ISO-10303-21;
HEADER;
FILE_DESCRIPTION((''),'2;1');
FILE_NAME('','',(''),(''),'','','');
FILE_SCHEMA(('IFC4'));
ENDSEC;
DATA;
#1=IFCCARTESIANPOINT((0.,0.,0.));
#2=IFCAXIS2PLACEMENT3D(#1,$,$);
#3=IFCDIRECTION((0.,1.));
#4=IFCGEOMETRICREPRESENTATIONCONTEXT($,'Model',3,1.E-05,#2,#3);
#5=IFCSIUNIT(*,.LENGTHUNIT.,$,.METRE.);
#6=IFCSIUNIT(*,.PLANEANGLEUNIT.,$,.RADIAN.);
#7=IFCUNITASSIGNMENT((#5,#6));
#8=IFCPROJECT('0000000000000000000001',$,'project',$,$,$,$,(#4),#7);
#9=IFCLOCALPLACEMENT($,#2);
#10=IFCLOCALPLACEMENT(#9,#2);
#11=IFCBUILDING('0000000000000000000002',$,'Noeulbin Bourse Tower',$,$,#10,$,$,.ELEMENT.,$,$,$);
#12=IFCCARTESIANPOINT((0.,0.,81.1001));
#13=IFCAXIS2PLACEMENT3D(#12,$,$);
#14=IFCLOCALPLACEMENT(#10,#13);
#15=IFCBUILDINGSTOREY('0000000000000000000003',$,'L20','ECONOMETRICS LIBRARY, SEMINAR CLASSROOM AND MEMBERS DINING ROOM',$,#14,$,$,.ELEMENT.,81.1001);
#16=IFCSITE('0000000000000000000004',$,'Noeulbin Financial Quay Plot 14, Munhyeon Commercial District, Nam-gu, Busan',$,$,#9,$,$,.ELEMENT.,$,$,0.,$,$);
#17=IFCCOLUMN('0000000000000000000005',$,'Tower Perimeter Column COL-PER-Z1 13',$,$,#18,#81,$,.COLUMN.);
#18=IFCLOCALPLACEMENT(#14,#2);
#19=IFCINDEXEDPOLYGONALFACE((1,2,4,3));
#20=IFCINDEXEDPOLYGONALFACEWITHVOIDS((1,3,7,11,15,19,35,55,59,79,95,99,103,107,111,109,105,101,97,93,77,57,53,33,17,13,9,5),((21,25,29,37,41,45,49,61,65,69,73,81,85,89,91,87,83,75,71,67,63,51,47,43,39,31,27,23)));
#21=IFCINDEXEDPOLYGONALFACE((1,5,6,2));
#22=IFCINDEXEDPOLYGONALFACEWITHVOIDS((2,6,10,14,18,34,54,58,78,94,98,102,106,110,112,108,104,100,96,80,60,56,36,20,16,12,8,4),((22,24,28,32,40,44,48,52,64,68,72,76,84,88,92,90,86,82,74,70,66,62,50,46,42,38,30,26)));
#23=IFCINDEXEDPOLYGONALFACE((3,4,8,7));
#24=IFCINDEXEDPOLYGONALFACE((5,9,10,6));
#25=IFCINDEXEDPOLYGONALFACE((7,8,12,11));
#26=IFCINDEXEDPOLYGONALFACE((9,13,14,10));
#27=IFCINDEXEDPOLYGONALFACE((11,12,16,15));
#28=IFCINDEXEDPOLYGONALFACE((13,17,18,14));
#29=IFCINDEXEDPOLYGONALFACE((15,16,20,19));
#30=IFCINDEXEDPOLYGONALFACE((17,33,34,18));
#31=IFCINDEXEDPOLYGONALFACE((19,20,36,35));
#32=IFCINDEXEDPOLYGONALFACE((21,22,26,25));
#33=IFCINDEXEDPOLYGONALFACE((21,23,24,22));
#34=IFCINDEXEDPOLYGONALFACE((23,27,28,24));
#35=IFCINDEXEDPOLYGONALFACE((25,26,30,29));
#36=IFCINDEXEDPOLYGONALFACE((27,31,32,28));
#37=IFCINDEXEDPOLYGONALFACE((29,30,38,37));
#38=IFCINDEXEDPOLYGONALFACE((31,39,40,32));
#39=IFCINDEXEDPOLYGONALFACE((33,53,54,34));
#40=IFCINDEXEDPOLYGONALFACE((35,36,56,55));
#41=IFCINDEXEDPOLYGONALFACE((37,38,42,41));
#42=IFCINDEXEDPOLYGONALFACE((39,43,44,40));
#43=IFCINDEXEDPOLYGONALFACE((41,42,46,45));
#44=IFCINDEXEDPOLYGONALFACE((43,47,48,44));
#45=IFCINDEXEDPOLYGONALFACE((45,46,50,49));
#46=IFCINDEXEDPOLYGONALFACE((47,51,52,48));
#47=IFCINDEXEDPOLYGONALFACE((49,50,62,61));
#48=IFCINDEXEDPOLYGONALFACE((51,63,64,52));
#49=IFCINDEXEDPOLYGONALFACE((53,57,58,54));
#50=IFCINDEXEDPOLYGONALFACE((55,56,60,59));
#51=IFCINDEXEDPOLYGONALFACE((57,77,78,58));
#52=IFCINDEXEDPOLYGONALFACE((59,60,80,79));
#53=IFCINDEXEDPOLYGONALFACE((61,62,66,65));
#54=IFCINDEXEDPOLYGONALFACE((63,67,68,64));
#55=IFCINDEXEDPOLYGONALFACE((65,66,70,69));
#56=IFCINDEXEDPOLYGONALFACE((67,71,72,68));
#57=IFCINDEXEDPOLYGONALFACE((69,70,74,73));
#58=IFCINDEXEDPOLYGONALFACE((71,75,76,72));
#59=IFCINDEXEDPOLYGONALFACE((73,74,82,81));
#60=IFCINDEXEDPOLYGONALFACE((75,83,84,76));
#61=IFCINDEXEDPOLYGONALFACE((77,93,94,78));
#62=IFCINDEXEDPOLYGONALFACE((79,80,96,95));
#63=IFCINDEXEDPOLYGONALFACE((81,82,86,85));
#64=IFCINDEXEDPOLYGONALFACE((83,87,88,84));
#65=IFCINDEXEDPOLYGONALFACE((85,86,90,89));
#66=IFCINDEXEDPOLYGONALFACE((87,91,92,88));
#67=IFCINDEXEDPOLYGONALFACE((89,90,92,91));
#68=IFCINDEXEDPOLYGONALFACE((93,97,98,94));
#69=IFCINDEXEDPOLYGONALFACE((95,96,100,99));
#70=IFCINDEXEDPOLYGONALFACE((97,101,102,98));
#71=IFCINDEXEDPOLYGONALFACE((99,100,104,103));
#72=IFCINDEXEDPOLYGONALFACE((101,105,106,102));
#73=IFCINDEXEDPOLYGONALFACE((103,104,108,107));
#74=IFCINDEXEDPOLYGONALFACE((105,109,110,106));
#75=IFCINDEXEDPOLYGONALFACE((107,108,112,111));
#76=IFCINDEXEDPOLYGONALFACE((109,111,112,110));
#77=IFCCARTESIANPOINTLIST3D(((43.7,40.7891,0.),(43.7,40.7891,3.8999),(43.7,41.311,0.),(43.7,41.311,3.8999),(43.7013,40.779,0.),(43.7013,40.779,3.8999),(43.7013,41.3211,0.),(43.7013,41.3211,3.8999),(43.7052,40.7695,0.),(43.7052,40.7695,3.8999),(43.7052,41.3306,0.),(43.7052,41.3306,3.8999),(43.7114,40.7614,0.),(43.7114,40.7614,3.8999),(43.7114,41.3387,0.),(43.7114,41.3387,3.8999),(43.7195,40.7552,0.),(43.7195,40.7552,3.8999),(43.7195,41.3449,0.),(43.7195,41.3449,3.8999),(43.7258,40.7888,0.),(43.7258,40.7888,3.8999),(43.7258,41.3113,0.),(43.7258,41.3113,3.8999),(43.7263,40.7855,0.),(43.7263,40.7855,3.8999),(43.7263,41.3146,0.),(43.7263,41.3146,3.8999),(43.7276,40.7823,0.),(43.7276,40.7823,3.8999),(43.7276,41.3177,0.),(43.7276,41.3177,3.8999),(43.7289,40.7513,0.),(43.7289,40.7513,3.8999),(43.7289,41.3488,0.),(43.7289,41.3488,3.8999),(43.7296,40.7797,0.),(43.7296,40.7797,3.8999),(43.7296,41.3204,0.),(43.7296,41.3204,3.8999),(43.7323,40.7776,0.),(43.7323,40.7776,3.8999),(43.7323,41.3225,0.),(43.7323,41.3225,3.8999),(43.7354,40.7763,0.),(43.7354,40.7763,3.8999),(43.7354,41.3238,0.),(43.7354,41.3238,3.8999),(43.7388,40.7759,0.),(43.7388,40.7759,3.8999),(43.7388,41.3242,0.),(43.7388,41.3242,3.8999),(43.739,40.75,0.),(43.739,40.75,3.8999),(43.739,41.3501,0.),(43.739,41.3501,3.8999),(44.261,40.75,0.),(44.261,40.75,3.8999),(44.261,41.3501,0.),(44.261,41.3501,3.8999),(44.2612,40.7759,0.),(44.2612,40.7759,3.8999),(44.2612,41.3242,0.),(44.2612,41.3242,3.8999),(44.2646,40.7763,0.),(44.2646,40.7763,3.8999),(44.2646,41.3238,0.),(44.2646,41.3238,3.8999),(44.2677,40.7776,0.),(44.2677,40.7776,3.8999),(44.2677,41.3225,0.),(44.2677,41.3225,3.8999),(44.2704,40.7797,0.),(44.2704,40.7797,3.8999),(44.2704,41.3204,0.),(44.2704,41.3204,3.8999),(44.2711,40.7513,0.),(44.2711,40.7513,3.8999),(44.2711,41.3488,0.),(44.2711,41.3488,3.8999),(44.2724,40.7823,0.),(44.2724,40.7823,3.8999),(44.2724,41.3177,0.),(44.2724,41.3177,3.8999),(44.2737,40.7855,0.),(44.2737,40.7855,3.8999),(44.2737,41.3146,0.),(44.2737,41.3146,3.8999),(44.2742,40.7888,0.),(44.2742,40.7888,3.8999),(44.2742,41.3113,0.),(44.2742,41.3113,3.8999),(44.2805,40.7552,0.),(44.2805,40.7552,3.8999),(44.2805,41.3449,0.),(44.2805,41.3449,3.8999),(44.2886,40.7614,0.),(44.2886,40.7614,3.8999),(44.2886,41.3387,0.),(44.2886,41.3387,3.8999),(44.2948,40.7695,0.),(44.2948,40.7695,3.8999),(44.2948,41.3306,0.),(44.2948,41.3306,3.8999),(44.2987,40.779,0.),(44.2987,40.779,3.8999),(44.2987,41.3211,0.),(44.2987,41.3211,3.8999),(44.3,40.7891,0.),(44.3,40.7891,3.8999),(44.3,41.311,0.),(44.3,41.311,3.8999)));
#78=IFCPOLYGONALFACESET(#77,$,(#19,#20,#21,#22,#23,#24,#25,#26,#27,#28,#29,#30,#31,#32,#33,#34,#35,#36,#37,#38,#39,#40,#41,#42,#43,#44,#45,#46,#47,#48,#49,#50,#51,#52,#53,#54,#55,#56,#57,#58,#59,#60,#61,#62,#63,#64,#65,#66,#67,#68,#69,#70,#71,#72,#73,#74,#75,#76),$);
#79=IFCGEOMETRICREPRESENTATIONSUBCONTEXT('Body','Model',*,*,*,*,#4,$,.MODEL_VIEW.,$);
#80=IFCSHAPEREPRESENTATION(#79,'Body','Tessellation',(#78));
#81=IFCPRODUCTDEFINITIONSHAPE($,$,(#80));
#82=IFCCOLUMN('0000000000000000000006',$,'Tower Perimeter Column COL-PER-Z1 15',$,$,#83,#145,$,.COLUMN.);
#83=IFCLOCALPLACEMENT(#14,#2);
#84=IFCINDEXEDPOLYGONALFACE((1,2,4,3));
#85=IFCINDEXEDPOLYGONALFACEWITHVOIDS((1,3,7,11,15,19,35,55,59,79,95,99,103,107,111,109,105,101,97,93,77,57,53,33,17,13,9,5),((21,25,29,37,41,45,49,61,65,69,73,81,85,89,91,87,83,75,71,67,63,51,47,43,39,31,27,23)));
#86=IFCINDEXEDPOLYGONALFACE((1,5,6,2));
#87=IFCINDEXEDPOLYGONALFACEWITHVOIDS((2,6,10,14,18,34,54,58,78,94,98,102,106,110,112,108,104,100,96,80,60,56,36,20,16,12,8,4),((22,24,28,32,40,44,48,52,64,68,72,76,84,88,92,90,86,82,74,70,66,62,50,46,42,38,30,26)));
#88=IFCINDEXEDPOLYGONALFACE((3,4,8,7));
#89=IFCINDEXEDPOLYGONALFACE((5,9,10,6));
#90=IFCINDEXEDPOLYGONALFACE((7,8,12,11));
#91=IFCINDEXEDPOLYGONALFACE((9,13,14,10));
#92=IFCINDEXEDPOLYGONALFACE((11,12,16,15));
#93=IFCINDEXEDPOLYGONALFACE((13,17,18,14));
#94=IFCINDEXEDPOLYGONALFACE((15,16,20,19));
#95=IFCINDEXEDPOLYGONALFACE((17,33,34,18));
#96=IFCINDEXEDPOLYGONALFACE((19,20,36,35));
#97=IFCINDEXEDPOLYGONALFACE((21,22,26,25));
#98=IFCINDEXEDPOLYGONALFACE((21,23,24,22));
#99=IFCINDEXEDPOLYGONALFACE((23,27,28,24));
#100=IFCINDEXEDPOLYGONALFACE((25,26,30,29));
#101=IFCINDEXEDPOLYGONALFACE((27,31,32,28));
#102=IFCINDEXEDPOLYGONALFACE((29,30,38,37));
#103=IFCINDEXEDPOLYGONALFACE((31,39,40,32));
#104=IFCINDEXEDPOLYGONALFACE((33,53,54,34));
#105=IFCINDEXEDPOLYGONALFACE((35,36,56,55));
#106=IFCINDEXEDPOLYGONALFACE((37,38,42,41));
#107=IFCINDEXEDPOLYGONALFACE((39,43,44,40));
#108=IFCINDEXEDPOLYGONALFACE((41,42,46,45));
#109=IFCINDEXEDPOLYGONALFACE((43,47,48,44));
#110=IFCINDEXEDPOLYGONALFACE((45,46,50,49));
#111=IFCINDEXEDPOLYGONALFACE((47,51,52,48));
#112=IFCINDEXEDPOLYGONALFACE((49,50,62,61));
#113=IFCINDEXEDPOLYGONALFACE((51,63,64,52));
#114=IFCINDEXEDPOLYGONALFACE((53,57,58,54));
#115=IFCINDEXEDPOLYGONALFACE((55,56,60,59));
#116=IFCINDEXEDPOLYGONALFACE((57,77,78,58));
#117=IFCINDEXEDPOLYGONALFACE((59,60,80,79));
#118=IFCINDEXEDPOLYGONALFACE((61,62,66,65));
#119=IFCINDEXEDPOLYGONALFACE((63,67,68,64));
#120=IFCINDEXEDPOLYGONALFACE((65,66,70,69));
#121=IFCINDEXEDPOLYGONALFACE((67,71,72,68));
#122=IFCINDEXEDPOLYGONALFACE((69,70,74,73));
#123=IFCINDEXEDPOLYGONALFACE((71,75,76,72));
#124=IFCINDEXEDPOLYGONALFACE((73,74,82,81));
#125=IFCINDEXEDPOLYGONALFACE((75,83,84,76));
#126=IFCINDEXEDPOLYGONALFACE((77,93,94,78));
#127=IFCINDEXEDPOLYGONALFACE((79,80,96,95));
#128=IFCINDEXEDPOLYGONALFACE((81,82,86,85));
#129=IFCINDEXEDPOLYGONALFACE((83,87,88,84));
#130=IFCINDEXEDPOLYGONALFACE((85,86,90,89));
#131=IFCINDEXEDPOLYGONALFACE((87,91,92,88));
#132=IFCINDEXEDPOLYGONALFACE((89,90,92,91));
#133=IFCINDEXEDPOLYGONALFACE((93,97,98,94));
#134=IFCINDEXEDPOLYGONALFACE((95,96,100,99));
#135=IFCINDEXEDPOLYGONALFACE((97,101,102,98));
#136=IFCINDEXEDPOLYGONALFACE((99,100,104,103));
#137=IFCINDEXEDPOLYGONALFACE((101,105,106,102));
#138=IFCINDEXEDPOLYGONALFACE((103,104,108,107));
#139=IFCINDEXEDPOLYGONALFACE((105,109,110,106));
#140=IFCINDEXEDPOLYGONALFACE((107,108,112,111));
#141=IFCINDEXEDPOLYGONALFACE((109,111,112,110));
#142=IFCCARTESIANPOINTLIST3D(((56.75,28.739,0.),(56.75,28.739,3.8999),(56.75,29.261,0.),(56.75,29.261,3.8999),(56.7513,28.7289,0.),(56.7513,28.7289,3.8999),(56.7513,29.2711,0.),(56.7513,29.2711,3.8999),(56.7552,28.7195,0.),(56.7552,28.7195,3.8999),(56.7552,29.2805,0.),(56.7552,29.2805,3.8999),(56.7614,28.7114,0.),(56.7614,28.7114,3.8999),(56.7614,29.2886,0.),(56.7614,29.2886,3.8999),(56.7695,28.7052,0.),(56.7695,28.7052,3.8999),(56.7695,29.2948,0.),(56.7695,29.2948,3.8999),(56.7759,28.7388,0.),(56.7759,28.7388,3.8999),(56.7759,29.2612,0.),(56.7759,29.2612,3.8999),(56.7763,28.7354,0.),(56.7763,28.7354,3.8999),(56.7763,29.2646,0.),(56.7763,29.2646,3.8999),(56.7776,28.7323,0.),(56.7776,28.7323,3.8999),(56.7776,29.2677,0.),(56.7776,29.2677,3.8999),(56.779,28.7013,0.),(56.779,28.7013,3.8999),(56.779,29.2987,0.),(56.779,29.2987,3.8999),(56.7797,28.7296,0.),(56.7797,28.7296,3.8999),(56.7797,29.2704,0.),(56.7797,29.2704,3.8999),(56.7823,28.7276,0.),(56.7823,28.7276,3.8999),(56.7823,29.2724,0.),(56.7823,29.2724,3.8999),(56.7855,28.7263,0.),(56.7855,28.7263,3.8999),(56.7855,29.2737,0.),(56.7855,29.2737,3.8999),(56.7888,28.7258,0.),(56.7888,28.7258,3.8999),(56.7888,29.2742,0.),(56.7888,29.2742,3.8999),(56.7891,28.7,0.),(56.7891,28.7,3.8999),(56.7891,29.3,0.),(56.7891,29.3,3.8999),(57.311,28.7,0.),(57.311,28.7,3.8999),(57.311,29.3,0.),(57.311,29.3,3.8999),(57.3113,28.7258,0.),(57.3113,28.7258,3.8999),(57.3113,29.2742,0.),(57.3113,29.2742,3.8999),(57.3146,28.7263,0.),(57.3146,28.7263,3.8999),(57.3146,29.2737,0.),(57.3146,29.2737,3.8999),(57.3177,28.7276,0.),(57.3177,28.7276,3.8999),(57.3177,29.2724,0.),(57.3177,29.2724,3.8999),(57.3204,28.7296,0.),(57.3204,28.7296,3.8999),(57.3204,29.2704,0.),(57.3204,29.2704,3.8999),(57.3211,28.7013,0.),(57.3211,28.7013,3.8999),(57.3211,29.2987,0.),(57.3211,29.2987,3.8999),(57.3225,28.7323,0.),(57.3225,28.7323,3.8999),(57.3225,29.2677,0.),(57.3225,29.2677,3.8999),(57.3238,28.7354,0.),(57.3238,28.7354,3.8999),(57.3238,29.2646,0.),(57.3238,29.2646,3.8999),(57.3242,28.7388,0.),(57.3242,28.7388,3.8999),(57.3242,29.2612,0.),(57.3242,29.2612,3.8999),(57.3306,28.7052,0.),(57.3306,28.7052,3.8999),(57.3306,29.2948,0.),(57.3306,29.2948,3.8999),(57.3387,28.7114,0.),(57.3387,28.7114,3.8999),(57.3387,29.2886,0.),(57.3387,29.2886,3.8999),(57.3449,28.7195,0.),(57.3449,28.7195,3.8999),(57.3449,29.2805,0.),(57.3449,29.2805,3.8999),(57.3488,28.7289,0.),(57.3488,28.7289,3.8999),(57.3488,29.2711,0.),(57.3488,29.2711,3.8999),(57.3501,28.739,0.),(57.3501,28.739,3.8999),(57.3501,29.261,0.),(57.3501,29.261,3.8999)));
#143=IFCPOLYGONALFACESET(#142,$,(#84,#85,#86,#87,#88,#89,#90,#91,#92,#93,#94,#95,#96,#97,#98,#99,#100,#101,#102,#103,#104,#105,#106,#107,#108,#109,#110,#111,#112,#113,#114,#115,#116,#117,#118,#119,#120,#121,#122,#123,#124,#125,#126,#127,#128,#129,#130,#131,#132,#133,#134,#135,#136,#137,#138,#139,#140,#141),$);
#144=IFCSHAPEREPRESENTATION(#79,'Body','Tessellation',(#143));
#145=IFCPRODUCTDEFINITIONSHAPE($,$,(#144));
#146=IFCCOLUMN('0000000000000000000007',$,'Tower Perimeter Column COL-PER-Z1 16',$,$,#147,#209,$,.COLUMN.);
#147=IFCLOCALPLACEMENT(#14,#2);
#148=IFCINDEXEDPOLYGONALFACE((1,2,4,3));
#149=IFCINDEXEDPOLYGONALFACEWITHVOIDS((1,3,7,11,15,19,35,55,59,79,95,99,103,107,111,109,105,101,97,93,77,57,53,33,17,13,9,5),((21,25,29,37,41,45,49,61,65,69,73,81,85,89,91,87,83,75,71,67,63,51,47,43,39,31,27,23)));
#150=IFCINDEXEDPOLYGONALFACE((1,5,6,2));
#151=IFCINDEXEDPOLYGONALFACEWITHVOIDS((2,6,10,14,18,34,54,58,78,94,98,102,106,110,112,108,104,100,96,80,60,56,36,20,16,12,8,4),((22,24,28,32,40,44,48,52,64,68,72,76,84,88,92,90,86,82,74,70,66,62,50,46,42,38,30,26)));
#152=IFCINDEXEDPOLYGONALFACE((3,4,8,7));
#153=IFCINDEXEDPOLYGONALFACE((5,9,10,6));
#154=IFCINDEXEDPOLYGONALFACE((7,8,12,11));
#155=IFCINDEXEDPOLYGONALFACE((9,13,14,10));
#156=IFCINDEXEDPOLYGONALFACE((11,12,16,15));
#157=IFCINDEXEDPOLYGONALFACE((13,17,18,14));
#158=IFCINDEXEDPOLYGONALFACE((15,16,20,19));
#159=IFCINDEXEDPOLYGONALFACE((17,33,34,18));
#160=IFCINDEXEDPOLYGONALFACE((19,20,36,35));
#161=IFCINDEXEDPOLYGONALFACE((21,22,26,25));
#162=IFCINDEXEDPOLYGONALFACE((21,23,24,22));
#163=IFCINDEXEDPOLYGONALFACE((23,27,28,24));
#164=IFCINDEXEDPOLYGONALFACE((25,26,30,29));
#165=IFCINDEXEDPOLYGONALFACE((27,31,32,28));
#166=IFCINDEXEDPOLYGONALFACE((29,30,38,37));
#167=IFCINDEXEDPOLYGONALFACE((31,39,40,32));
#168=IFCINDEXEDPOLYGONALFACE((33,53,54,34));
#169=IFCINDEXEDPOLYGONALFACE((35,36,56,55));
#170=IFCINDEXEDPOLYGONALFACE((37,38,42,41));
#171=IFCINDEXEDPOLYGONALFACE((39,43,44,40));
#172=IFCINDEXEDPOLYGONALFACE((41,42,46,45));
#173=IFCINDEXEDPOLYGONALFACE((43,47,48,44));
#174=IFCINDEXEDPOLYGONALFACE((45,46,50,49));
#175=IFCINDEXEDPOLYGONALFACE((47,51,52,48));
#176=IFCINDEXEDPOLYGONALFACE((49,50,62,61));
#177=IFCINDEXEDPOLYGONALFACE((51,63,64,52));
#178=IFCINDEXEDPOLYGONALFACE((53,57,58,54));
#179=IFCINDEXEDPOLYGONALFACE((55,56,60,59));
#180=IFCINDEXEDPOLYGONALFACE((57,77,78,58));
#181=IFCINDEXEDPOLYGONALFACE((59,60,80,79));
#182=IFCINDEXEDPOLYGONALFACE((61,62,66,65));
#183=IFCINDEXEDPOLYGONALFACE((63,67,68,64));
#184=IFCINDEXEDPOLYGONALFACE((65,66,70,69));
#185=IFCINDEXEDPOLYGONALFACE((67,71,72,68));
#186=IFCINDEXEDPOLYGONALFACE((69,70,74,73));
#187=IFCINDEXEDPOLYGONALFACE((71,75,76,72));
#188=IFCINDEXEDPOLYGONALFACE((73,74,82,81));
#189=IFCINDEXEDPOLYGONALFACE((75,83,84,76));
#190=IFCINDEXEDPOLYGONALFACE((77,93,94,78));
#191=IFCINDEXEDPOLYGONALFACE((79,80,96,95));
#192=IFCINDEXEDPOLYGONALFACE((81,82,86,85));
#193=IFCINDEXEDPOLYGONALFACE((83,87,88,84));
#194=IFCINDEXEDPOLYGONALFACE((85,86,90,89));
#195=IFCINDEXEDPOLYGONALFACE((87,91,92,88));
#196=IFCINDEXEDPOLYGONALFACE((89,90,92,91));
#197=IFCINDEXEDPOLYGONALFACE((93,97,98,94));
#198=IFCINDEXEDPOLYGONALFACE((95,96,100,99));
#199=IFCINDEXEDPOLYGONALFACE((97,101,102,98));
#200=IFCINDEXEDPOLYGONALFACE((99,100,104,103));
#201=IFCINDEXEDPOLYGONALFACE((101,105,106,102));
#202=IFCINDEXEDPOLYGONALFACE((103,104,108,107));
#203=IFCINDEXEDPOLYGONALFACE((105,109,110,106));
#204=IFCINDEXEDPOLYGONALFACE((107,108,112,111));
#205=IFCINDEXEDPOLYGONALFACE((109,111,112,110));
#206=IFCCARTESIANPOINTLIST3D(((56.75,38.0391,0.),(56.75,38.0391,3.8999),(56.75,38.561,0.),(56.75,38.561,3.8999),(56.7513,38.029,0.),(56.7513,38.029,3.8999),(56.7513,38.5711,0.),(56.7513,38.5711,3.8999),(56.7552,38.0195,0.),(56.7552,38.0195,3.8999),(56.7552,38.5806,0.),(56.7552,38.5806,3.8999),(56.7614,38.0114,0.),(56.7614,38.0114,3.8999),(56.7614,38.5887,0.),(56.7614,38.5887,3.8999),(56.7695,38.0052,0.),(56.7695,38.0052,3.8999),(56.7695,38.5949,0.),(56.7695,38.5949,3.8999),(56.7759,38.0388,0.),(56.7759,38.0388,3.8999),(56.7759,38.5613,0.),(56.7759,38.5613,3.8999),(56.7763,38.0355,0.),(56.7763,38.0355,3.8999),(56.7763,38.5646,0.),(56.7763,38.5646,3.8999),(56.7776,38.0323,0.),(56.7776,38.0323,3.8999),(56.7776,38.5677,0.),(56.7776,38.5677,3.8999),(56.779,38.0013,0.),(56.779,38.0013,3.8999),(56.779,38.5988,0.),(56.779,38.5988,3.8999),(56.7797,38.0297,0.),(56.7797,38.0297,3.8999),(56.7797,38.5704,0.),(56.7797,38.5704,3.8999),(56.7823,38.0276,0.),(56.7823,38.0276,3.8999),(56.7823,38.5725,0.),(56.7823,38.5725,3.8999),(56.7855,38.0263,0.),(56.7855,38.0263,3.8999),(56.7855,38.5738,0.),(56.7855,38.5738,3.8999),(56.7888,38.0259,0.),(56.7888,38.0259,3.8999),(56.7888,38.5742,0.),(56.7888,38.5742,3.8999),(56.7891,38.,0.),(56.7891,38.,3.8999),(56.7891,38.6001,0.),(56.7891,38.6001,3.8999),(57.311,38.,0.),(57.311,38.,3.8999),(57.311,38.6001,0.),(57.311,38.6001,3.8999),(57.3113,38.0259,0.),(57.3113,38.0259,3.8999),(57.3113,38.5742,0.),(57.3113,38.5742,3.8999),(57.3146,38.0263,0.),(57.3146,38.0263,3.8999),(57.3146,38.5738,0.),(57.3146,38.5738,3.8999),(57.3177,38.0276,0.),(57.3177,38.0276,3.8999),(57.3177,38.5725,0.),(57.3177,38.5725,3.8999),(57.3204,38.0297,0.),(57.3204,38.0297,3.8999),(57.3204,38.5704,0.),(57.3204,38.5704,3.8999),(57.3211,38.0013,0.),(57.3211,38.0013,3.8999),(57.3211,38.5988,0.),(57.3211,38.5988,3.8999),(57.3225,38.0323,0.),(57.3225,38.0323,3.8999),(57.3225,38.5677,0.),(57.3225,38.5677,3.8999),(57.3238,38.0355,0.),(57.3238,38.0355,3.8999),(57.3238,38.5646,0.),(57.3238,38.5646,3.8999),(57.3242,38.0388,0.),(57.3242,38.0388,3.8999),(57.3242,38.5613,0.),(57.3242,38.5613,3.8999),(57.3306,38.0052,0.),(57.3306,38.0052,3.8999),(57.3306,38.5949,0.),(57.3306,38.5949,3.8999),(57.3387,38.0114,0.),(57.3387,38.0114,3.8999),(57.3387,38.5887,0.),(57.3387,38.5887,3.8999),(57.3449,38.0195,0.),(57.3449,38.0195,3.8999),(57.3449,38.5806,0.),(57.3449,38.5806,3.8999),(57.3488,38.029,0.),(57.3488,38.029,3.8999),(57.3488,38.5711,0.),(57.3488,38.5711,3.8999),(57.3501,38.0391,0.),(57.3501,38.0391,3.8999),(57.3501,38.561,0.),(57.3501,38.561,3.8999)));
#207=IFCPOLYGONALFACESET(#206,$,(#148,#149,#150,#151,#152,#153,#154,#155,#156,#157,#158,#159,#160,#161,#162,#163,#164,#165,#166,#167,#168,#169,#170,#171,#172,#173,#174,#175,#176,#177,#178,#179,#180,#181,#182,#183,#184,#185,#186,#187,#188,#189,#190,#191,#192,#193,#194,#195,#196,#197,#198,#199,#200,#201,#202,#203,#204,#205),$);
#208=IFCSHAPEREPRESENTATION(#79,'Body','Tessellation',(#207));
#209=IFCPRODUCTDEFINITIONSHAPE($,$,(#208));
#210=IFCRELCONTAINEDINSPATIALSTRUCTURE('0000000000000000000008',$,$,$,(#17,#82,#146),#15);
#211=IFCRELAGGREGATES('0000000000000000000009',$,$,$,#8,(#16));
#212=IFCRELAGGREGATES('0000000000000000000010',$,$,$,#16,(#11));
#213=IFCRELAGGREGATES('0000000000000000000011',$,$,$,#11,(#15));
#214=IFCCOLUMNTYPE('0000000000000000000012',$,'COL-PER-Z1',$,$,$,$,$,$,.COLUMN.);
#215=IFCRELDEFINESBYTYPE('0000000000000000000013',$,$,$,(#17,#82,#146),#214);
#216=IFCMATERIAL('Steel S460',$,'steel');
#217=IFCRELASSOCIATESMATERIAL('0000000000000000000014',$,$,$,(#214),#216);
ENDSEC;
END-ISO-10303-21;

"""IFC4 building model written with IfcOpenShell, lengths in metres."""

from ifc_helpers import new_model, si_unit, direction, frame, origin, origin_2d, place, context, subcontext, project, spatial, hollow_rectangle, extrude, material, material_profile, profile_set, type_object, element, save


model = new_model("IFC4")

# Units and contexts
model_context = context("Model", 3, precision=1e-05, world=origin(), true_north=direction((0.0, 1.0)))
body_context = subcontext(model_context, "Body", "Model", "MODEL_VIEW")
ifc_project = project(units=[si_unit("LENGTHUNIT", "METRE"), si_unit("PLANEANGLEUNIT", "RADIAN")], contexts=[model_context])

# Site, building, storey
site_placement = place(None, origin())
site = spatial("IfcSite", under=ifc_project, at=site_placement, Name="Noeulbin Financial Quay Plot 14, Munhyeon Commercial District, Nam-gu, Busan", CompositionType="ELEMENT", RefElevation=0.0)
building_placement = place(site_placement, origin())
building = spatial("IfcBuilding", under=site, at=building_placement, Name="Noeulbin Bourse Tower", CompositionType="ELEMENT")
storey_placement = place(building_placement, frame((0.0, 0.0, 81.1001)))
storey = spatial("IfcBuildingStorey", under=building, at=storey_placement, Name="L20", Description="ECONOMETRICS LIBRARY, SEMINAR CLASSROOM AND MEMBERS DINING ROOM", CompositionType="ELEMENT", Elevation=81.1001)

# Columns
ifc_material_1 = material(Name="Steel S460", Category="steel")
ifc_material_profile_1 = material_profile(ifc_material_1, hollow_rectangle(XDim=0.6001, YDim=0.6001, WallThickness=0.0259, InnerFilletRadius=0.0129, OuterFilletRadius=0.0391, at=origin_2d()), Name="BOX-600x600x26", Category="LoadBearing")
ifc_profile_set_1 = profile_set([ifc_material_profile_1], Name="Steel S460")
column_type = type_object("IfcColumnType", Name="COL-PER-Z1", PredefinedType="COLUMN", material=ifc_profile_set_1)
for number, where, z_axis, x_axis, name in (
    (1, (44.0, 41.05, 0.0), (0.0, 0.0, 1.0), (1.0, 0.0, 0.0), "Tower Perimeter Column COL-PER-Z1 13"),
    (2, (57.05, 29.0, 0.0), (0.0, 0.0, 1.0), (1.0, 0.0, 0.0), "Tower Perimeter Column COL-PER-Z1 15"),
    (3, (57.05, 38.3, 0.0), (0.0, 0.0, 1.0), (1.0, 0.0, 0.0), "Tower Perimeter Column COL-PER-Z1 16"),
):
    element("IfcColumn", number, at=place(storey_placement, frame(where, z_axis=z_axis, x_axis=x_axis)), inside=storey, type_object=column_type, Name=name, PredefinedType="COLUMN", context=body_context, shape_type="SweptSolid", body=[
        extrude(hollow_rectangle(XDim=0.6001, YDim=0.6001, WallThickness=0.0259, InnerFilletRadius=0.0129, OuterFilletRadius=0.0391, at=origin_2d()), origin(), (0.0, 0.0, 1.0), 3.8999),
    ])

save(model, "model.ifc")
